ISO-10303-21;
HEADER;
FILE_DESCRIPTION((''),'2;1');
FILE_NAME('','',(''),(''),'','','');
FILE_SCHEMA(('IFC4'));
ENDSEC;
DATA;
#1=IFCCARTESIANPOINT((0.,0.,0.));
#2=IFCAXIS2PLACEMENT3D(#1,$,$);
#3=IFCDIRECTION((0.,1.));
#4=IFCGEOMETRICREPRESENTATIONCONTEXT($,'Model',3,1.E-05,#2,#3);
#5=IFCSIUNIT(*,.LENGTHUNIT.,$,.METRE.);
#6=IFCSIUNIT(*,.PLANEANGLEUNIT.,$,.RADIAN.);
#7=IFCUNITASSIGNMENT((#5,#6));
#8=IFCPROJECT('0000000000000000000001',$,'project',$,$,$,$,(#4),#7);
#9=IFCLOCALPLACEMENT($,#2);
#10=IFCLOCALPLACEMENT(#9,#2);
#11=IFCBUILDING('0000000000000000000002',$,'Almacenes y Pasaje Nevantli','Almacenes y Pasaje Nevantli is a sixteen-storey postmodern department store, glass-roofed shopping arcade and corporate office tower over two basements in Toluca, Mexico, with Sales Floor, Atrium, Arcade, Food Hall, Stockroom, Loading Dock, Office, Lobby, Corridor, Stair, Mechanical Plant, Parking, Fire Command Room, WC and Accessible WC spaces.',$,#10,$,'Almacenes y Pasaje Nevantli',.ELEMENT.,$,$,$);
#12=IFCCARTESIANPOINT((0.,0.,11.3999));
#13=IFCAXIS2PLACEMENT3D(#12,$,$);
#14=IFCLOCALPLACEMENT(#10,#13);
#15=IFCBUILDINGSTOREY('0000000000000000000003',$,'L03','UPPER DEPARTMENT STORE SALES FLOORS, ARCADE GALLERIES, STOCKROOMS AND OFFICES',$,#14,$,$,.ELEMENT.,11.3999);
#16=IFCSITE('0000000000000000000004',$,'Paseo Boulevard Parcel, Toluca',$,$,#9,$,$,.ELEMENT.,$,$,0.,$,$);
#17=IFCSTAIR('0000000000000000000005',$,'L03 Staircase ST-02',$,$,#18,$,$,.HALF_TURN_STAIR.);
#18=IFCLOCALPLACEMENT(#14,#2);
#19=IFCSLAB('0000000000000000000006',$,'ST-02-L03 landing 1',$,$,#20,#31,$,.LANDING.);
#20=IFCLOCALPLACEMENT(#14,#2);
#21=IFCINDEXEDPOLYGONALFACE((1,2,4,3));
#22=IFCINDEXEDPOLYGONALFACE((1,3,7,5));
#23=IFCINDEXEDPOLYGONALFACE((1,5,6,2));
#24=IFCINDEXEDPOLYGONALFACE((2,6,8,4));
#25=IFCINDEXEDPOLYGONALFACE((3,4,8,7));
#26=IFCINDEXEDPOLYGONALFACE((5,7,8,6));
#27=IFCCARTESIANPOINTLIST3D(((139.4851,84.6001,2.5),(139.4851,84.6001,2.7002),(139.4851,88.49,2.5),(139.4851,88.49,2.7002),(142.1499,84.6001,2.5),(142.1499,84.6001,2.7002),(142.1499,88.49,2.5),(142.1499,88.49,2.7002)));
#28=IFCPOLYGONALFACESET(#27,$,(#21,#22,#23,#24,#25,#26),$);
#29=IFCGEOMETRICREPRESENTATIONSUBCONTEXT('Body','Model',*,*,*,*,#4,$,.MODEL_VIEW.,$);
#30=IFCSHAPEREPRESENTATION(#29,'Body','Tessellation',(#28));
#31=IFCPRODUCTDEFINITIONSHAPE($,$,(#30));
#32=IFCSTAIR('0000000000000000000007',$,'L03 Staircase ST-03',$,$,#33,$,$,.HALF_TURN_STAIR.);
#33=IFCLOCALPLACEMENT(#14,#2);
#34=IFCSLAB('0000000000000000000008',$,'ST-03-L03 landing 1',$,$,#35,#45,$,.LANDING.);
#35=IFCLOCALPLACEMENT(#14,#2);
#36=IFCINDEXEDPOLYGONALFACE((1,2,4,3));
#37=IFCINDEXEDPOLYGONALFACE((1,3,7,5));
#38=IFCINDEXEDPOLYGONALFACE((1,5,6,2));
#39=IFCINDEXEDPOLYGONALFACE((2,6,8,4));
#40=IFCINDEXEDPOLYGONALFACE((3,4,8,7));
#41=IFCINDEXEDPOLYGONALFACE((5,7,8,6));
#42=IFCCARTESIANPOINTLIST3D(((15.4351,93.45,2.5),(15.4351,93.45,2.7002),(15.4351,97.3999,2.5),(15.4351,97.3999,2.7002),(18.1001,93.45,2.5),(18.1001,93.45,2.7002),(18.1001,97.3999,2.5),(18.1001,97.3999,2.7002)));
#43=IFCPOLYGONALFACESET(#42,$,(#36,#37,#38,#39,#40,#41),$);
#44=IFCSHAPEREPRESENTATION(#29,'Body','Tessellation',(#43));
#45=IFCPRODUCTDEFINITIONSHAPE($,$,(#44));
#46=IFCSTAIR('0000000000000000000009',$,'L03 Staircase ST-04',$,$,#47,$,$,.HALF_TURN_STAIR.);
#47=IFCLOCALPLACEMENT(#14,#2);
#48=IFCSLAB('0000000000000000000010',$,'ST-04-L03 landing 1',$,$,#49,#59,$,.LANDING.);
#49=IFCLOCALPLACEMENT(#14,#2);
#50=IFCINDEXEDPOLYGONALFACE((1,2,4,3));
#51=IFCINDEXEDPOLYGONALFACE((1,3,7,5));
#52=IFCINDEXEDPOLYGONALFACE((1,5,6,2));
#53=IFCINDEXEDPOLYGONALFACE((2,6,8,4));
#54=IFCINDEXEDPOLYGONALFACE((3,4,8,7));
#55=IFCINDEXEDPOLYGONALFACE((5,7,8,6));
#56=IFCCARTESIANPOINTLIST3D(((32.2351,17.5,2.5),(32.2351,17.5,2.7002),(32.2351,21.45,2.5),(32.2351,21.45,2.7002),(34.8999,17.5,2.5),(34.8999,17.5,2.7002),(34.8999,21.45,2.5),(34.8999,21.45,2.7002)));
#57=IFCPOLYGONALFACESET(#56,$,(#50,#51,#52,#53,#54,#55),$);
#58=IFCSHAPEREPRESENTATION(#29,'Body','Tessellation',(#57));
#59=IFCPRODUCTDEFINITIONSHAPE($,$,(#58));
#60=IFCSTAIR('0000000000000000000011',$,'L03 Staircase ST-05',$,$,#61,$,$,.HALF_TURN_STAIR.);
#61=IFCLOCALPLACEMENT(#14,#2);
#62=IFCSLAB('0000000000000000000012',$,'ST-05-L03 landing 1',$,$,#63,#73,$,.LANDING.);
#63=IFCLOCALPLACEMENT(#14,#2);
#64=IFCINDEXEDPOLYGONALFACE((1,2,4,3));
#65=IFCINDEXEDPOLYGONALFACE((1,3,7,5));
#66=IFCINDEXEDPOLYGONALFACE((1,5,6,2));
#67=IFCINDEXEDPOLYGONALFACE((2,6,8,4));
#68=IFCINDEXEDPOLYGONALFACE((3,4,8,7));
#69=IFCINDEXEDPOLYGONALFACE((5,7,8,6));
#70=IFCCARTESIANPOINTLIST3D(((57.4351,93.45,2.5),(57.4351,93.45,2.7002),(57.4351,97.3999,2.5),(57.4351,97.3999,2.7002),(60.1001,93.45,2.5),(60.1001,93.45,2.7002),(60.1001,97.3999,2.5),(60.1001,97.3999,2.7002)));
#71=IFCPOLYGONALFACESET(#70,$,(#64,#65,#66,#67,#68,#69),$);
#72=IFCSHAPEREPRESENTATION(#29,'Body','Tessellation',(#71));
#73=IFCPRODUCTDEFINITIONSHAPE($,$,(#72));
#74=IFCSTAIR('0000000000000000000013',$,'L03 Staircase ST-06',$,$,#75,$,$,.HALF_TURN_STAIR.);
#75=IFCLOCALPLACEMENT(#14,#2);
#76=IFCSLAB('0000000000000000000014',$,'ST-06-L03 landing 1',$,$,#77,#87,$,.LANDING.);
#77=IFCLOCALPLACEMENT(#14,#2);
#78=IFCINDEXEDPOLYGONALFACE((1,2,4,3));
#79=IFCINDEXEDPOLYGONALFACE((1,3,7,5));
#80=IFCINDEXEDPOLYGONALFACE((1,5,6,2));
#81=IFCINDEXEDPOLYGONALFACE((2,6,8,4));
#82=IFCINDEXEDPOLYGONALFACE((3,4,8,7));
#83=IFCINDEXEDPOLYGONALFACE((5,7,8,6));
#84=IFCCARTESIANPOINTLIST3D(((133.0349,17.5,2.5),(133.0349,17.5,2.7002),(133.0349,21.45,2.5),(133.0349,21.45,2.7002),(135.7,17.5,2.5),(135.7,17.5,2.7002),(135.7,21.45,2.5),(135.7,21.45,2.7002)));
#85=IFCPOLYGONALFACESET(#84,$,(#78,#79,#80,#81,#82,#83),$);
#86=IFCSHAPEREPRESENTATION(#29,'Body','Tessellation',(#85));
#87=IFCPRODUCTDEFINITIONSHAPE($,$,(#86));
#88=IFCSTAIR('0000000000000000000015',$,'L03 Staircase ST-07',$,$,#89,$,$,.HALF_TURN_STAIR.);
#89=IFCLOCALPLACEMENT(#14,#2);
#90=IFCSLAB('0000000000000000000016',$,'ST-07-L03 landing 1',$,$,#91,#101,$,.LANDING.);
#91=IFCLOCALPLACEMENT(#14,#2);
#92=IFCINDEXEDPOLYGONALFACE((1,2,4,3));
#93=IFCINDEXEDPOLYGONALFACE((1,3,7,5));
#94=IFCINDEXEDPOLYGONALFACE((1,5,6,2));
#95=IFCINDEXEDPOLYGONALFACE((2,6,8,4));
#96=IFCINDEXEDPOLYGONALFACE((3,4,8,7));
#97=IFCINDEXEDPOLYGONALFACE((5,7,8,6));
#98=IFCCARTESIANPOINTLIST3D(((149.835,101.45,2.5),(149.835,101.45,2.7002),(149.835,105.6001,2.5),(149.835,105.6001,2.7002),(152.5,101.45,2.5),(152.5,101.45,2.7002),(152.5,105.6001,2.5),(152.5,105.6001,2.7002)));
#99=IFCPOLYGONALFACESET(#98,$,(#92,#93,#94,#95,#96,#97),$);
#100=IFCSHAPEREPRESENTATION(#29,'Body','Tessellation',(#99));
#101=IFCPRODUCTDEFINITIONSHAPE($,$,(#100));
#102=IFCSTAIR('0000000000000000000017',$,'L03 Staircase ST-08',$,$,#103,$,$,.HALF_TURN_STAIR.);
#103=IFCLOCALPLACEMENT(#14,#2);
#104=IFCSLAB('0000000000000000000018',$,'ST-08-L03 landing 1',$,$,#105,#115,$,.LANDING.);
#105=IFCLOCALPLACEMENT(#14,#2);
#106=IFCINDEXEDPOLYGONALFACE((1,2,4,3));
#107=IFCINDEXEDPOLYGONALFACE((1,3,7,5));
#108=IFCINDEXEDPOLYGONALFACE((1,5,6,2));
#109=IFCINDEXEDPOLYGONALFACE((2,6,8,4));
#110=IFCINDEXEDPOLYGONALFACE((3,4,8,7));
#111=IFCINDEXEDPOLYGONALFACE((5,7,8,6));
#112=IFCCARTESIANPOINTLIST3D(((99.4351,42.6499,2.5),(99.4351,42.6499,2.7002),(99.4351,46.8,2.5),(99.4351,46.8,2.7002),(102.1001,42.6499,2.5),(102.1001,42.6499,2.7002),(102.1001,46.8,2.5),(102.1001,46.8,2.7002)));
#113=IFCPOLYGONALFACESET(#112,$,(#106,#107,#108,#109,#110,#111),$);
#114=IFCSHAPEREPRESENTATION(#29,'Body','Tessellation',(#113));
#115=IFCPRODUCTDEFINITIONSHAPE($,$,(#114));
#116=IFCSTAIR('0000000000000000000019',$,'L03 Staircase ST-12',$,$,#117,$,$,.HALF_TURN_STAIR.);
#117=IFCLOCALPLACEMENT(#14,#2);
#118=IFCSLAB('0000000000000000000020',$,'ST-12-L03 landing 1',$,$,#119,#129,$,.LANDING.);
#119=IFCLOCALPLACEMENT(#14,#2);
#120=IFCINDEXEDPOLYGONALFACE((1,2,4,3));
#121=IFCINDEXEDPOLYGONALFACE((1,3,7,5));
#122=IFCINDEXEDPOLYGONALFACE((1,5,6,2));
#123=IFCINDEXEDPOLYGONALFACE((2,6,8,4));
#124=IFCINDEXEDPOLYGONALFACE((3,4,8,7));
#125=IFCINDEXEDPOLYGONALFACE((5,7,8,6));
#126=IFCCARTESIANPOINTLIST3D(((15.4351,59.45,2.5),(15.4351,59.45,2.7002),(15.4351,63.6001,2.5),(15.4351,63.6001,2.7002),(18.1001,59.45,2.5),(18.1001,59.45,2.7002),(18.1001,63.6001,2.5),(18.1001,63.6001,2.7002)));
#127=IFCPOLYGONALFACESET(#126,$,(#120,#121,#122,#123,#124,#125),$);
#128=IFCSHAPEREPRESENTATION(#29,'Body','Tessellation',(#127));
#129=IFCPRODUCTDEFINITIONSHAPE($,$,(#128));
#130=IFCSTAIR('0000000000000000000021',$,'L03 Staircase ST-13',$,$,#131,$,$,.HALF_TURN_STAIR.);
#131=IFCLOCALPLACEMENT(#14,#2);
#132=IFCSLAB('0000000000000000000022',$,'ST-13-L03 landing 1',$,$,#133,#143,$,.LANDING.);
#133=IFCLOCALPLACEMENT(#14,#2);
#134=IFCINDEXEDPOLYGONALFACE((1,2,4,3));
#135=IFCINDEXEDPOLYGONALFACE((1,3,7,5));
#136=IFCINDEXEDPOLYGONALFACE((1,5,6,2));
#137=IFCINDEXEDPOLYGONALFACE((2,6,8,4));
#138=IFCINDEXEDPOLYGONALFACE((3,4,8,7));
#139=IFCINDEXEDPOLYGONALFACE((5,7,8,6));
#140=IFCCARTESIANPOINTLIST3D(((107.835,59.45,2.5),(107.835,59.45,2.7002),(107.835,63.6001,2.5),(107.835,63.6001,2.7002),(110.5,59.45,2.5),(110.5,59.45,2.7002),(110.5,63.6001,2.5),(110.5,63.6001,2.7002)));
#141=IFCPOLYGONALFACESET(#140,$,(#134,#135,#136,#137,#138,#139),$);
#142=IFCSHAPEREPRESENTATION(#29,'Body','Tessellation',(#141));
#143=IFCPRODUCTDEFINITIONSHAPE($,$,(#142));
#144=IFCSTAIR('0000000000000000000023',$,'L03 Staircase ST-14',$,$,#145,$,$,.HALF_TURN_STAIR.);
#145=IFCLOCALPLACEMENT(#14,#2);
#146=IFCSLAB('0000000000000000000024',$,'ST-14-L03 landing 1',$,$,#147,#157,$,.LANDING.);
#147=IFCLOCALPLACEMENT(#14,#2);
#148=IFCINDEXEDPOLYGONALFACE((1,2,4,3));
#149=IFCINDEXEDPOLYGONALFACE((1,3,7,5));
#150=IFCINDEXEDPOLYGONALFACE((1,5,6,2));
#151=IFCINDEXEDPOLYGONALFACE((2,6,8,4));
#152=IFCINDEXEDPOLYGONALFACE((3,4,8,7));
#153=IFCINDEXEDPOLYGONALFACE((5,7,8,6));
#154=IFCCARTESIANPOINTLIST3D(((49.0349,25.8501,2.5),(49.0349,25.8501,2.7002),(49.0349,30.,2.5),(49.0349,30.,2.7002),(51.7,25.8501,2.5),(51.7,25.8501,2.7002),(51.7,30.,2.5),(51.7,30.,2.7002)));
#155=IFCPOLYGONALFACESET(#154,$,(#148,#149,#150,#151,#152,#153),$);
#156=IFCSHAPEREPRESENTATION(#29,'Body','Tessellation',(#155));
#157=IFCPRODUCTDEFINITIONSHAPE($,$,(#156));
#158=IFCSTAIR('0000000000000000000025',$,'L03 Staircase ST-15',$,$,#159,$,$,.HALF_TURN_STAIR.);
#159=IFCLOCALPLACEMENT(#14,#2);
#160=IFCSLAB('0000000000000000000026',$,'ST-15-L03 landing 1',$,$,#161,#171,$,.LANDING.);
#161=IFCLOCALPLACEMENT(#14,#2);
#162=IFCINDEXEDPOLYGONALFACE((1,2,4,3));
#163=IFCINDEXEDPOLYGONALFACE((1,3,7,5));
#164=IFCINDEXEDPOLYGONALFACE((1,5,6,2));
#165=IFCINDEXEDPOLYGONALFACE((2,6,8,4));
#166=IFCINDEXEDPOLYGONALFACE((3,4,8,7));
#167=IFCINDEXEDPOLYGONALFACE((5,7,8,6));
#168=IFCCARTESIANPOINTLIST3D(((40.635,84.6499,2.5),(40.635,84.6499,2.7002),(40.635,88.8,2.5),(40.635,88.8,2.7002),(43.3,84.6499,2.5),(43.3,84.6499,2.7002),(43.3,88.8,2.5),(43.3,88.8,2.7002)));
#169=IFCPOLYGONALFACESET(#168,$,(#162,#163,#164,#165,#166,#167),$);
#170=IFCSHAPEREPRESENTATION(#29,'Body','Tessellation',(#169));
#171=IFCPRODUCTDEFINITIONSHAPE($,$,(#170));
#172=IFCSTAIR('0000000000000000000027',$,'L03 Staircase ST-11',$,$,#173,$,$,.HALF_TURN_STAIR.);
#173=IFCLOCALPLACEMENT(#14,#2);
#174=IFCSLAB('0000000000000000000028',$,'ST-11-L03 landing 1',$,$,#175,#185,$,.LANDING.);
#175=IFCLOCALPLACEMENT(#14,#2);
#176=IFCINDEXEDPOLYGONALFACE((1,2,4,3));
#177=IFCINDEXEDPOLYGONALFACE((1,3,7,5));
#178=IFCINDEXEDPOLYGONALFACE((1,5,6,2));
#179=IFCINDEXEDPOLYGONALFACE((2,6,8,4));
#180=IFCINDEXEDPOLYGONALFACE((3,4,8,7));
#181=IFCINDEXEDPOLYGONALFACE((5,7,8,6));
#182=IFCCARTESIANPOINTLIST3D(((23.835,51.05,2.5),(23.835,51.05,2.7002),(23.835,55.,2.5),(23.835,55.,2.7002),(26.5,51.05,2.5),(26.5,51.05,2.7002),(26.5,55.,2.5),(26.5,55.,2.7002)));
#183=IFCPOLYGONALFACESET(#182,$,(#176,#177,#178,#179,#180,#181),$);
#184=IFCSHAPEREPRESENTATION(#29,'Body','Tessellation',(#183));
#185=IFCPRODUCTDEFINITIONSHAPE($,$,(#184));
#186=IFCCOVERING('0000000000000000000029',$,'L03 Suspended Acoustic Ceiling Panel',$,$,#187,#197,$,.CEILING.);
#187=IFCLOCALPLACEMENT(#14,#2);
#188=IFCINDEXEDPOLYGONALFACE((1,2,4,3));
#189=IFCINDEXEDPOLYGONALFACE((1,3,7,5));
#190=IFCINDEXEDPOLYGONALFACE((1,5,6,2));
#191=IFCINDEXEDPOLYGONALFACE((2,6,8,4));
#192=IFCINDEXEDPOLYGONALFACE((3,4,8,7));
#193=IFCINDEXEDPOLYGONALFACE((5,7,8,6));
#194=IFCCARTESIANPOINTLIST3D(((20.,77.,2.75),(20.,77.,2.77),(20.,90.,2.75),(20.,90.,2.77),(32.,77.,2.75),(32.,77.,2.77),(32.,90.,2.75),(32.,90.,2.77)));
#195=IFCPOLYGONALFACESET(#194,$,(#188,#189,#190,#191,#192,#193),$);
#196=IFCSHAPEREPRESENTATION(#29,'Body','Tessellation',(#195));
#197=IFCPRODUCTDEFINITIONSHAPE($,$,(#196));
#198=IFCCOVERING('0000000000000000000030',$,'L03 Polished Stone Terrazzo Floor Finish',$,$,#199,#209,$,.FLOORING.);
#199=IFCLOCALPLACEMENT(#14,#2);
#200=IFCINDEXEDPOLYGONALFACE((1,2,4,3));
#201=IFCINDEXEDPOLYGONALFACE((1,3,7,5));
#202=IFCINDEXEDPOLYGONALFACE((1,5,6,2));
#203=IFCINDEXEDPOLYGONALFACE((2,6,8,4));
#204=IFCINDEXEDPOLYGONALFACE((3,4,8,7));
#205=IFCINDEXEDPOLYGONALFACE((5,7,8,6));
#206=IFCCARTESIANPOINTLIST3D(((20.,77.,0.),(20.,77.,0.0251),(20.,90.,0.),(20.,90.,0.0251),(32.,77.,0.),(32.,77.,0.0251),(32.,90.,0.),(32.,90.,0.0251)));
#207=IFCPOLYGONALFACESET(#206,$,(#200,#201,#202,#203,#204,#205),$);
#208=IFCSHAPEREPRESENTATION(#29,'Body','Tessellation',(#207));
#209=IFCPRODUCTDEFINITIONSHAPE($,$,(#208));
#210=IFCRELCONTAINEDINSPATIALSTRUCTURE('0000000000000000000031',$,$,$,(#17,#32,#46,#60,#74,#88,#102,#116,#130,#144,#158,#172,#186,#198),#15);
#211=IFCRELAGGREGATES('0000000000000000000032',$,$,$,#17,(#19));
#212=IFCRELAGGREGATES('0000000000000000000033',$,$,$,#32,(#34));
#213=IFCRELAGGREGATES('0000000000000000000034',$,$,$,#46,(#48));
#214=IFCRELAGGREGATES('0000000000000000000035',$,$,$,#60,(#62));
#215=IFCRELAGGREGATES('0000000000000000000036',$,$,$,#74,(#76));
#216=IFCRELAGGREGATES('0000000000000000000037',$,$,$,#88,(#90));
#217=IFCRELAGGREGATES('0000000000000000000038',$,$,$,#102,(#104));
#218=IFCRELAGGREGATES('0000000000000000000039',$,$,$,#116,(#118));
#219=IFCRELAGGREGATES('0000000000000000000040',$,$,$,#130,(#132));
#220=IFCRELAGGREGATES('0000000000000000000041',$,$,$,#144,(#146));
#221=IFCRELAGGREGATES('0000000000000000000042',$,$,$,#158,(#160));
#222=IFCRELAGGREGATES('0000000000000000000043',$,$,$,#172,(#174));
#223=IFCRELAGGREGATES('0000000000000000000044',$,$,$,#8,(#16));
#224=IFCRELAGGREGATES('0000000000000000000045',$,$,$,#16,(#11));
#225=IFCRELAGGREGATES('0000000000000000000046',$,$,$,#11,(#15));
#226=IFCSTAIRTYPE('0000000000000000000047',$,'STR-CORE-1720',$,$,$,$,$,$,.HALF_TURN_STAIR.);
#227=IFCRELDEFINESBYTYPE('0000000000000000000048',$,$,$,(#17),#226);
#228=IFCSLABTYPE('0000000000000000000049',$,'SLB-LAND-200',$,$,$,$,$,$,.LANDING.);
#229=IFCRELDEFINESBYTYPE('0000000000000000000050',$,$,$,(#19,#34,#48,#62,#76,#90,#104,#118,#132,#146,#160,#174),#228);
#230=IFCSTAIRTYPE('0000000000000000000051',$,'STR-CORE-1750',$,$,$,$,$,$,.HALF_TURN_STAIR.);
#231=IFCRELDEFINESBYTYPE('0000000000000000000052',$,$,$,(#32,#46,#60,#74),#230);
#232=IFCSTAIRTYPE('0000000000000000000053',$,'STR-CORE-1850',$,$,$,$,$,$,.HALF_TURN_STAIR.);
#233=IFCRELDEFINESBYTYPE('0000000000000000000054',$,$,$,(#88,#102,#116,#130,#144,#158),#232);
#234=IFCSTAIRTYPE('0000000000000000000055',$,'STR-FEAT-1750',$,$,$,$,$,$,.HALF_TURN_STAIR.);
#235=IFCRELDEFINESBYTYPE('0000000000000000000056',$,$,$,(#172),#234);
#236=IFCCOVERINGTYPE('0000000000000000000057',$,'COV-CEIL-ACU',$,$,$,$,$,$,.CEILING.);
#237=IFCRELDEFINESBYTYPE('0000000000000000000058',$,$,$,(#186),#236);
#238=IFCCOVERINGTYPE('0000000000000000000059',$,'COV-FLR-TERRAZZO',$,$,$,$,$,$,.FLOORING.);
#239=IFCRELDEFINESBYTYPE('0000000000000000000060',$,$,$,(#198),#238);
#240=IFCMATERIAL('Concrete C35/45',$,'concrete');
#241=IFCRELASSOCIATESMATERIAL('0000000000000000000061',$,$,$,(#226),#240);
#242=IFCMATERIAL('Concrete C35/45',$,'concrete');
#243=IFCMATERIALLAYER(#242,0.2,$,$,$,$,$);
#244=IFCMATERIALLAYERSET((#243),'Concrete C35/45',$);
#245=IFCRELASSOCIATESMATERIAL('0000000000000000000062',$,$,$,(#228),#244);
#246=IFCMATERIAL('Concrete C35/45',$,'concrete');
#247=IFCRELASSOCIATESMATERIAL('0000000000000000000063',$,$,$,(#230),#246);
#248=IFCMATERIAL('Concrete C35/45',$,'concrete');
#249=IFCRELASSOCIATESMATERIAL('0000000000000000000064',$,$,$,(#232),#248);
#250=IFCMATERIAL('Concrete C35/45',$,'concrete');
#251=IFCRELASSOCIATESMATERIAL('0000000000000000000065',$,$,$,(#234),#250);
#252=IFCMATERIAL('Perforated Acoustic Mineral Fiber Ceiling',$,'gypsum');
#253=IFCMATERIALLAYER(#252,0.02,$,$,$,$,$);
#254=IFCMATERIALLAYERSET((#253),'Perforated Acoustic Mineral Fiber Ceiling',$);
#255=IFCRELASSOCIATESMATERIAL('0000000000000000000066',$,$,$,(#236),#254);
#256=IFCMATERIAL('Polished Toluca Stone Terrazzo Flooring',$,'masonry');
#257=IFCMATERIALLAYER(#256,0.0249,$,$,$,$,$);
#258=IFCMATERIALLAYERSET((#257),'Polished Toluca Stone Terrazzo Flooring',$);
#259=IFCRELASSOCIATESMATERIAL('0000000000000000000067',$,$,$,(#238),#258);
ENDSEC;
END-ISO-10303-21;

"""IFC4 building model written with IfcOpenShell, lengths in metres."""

from ifc_helpers import new_model, si_unit, direction, frame, origin, place, context, subcontext, project, spatial, polyline, outline, extrude, material, layer, layer_set, type_object, element, aggregate, save


model = new_model("IFC4")

# Units and contexts
model_context = context("Model", 3, precision=1e-05, world=origin(), true_north=direction((0.0, 1.0)))
body_context = subcontext(model_context, "Body", "Model", "MODEL_VIEW")
ifc_project = project(units=[si_unit("LENGTHUNIT", "METRE"), si_unit("PLANEANGLEUNIT", "RADIAN")], contexts=[model_context])

# Site, building, storey
site_placement = place(None, origin())
site = spatial("IfcSite", under=ifc_project, at=site_placement, Name="Paseo Boulevard Parcel, Toluca", CompositionType="ELEMENT", RefElevation=0.0)
building_placement = place(site_placement, origin())
building = spatial("IfcBuilding", under=site, at=building_placement, Name="Almacenes y Pasaje Nevantli", Description="Almacenes y Pasaje Nevantli is a sixteen-storey postmodern department store, glass-roofed shopping arcade and corporate office tower over two basements in Toluca, Mexico, with Sales Floor, Atrium, Arcade, Food Hall, Stockroom, Loading Dock, Office, Lobby, Corridor, Stair, Mechanical Plant, Parking, Fire Command Room, WC and Accessible WC spaces.", LongName="Almacenes y Pasaje Nevantli", CompositionType="ELEMENT")
storey_placement = place(building_placement, frame((0.0, 0.0, 11.3999)))
storey = spatial("IfcBuildingStorey", under=building, at=storey_placement, Name="L03", Description="UPPER DEPARTMENT STORE SALES FLOORS, ARCADE GALLERIES, STOCKROOMS AND OFFICES", CompositionType="ELEMENT", Elevation=11.3999)

# Stairs, slabs
ifc_material_1 = material(Name="Concrete C35/45", Category="concrete")
stair_type_1 = type_object("IfcStairType", Name="STR-CORE-1720", PredefinedType="HALF_TURN_STAIR", material=ifc_material_1)
ifc_material_2 = material(Name="Concrete C35/45", Category="concrete")
ifc_layer_1 = layer(ifc_material_2, 0.2)
ifc_layer_set_1 = layer_set([ifc_layer_1], Name="Concrete C35/45")
slab_type_1 = type_object("IfcSlabType", Name="SLB-LAND-200", PredefinedType="LANDING", material=ifc_layer_set_1)
stair_1_placement = place(storey_placement, origin())
stair_1 = element("IfcStair", 1, at=stair_1_placement, inside=storey, type_object=stair_type_1, Name="L03 Staircase ST-02", PredefinedType="HALF_TURN_STAIR")
slab_1_placement = place(storey_placement, frame((0.0, 0.0, 2.5)))
slab_1 = element("IfcSlab", 2, at=slab_1_placement, type_object=slab_type_1, Name="ST-02-L03 landing 1", PredefinedType="LANDING", context=body_context, shape_type="SweptSolid", body=[
    extrude(outline(polyline([(139.4851, 84.6001), (142.1499, 84.6001), (142.1499, 88.49), (139.4851, 88.49), (139.4851, 84.6001)])), origin(), (0.0, 0.0, 1.0), 0.2002),
])
aggregate(stair_1, [slab_1])
ifc_material_3 = material(Name="Concrete C35/45", Category="concrete")
stair_type_2 = type_object("IfcStairType", Name="STR-CORE-1750", PredefinedType="HALF_TURN_STAIR", material=ifc_material_3)
stair_2_placement = place(storey_placement, origin())
stair_2 = element("IfcStair", 3, at=stair_2_placement, inside=storey, type_object=stair_type_2, Name="L03 Staircase ST-03", PredefinedType="HALF_TURN_STAIR")
slab_2_placement = place(storey_placement, frame((0.0, 0.0, 2.5)))
slab_2 = element("IfcSlab", 4, at=slab_2_placement, type_object=slab_type_1, Name="ST-03-L03 landing 1", PredefinedType="LANDING", context=body_context, shape_type="SweptSolid", body=[
    extrude(outline(polyline([(15.4351, 93.45), (18.1001, 93.45), (18.1001, 97.3999), (15.4351, 97.3999), (15.4351, 93.45)])), origin(), (0.0, 0.0, 1.0), 0.2002),
])
aggregate(stair_2, [slab_2])
stair_3_placement = place(storey_placement, origin())
stair_3 = element("IfcStair", 5, at=stair_3_placement, inside=storey, type_object=stair_type_2, Name="L03 Staircase ST-04", PredefinedType="HALF_TURN_STAIR")
slab_3_placement = place(storey_placement, frame((0.0, 0.0, 2.5)))
slab_3 = element("IfcSlab", 6, at=slab_3_placement, type_object=slab_type_1, Name="ST-04-L03 landing 1", PredefinedType="LANDING", context=body_context, shape_type="SweptSolid", body=[
    extrude(outline(polyline([(32.2351, 17.5), (34.8999, 17.5), (34.8999, 21.45), (32.2351, 21.45), (32.2351, 17.5)])), origin(), (0.0, 0.0, 1.0), 0.2002),
])
aggregate(stair_3, [slab_3])
stair_4_placement = place(storey_placement, origin())
stair_4 = element("IfcStair", 7, at=stair_4_placement, inside=storey, type_object=stair_type_2, Name="L03 Staircase ST-05", PredefinedType="HALF_TURN_STAIR")
slab_4_placement = place(storey_placement, frame((0.0, 0.0, 2.5)))
slab_4 = element("IfcSlab", 8, at=slab_4_placement, type_object=slab_type_1, Name="ST-05-L03 landing 1", PredefinedType="LANDING", context=body_context, shape_type="SweptSolid", body=[
    extrude(outline(polyline([(57.4351, 93.45), (60.1001, 93.45), (60.1001, 97.3999), (57.4351, 97.3999), (57.4351, 93.45)])), origin(), (0.0, 0.0, 1.0), 0.2002),
])
aggregate(stair_4, [slab_4])
stair_5_placement = place(storey_placement, origin())
stair_5 = element("IfcStair", 9, at=stair_5_placement, inside=storey, type_object=stair_type_2, Name="L03 Staircase ST-06", PredefinedType="HALF_TURN_STAIR")
slab_5_placement = place(storey_placement, frame((0.0, 0.0, 2.5)))
slab_5 = element("IfcSlab", 10, at=slab_5_placement, type_object=slab_type_1, Name="ST-06-L03 landing 1", PredefinedType="LANDING", context=body_context, shape_type="SweptSolid", body=[
    extrude(outline(polyline([(133.0349, 17.5), (135.7, 17.5), (135.7, 21.45), (133.0349, 21.45), (133.0349, 17.5)])), origin(), (0.0, 0.0, 1.0), 0.2002),
])
aggregate(stair_5, [slab_5])
ifc_material_4 = material(Name="Concrete C35/45", Category="concrete")
stair_type_3 = type_object("IfcStairType", Name="STR-CORE-1850", PredefinedType="HALF_TURN_STAIR", material=ifc_material_4)
stair_6_placement = place(storey_placement, origin())
stair_6 = element("IfcStair", 11, at=stair_6_placement, inside=storey, type_object=stair_type_3, Name="L03 Staircase ST-07", PredefinedType="HALF_TURN_STAIR")
slab_6_placement = place(storey_placement, frame((0.0, 0.0, 2.5)))
slab_6 = element("IfcSlab", 12, at=slab_6_placement, type_object=slab_type_1, Name="ST-07-L03 landing 1", PredefinedType="LANDING", context=body_context, shape_type="SweptSolid", body=[
    extrude(outline(polyline([(149.835, 101.45), (152.5, 101.45), (152.5, 105.6001), (149.835, 105.6001), (149.835, 101.45)])), origin(), (0.0, 0.0, 1.0), 0.2002),
])
aggregate(stair_6, [slab_6])
stair_7_placement = place(storey_placement, origin())
stair_7 = element("IfcStair", 13, at=stair_7_placement, inside=storey, type_object=stair_type_3, Name="L03 Staircase ST-08", PredefinedType="HALF_TURN_STAIR")
slab_7_placement = place(storey_placement, frame((0.0, 0.0, 2.5)))
slab_7 = element("IfcSlab", 14, at=slab_7_placement, type_object=slab_type_1, Name="ST-08-L03 landing 1", PredefinedType="LANDING", context=body_context, shape_type="SweptSolid", body=[
    extrude(outline(polyline([(99.4351, 42.6499), (102.1001, 42.6499), (102.1001, 46.8), (99.4351, 46.8), (99.4351, 42.6499)])), origin(), (0.0, 0.0, 1.0), 0.2002),
])
aggregate(stair_7, [slab_7])
stair_8_placement = place(storey_placement, origin())
stair_8 = element("IfcStair", 15, at=stair_8_placement, inside=storey, type_object=stair_type_3, Name="L03 Staircase ST-12", PredefinedType="HALF_TURN_STAIR")
slab_8_placement = place(storey_placement, frame((0.0, 0.0, 2.5)))
slab_8 = element("IfcSlab", 16, at=slab_8_placement, type_object=slab_type_1, Name="ST-12-L03 landing 1", PredefinedType="LANDING", context=body_context, shape_type="SweptSolid", body=[
    extrude(outline(polyline([(15.4351, 59.45), (18.1001, 59.45), (18.1001, 63.6001), (15.4351, 63.6001), (15.4351, 59.45)])), origin(), (0.0, 0.0, 1.0), 0.2002),
])
aggregate(stair_8, [slab_8])
stair_9_placement = place(storey_placement, origin())
stair_9 = element("IfcStair", 17, at=stair_9_placement, inside=storey, type_object=stair_type_3, Name="L03 Staircase ST-13", PredefinedType="HALF_TURN_STAIR")
slab_9_placement = place(storey_placement, frame((0.0, 0.0, 2.5)))
slab_9 = element("IfcSlab", 18, at=slab_9_placement, type_object=slab_type_1, Name="ST-13-L03 landing 1", PredefinedType="LANDING", context=body_context, shape_type="SweptSolid", body=[
    extrude(outline(polyline([(107.835, 59.45), (110.5, 59.45), (110.5, 63.6001), (107.835, 63.6001), (107.835, 59.45)])), origin(), (0.0, 0.0, 1.0), 0.2002),
])
aggregate(stair_9, [slab_9])
stair_10_placement = place(storey_placement, origin())
stair_10 = element("IfcStair", 19, at=stair_10_placement, inside=storey, type_object=stair_type_3, Name="L03 Staircase ST-14", PredefinedType="HALF_TURN_STAIR")
slab_10_placement = place(storey_placement, frame((0.0, 0.0, 2.5)))
slab_10 = element("IfcSlab", 20, at=slab_10_placement, type_object=slab_type_1, Name="ST-14-L03 landing 1", PredefinedType="LANDING", context=body_context, shape_type="SweptSolid", body=[
    extrude(outline(polyline([(49.0349, 25.8501), (51.7, 25.8501), (51.7, 30.0), (49.0349, 30.0), (49.0349, 25.8501)])), origin(), (0.0, 0.0, 1.0), 0.2002),
])
aggregate(stair_10, [slab_10])
stair_11_placement = place(storey_placement, origin())
stair_11 = element("IfcStair", 21, at=stair_11_placement, inside=storey, type_object=stair_type_3, Name="L03 Staircase ST-15", PredefinedType="HALF_TURN_STAIR")
slab_11_placement = place(storey_placement, frame((0.0, 0.0, 2.5)))
slab_11 = element("IfcSlab", 22, at=slab_11_placement, type_object=slab_type_1, Name="ST-15-L03 landing 1", PredefinedType="LANDING", context=body_context, shape_type="SweptSolid", body=[
    extrude(outline(polyline([(40.635, 84.6499), (43.3, 84.6499), (43.3, 88.8), (40.635, 88.8), (40.635, 84.6499)])), origin(), (0.0, 0.0, 1.0), 0.2002),
])
aggregate(stair_11, [slab_11])
ifc_material_5 = material(Name="Concrete C35/45", Category="concrete")
stair_type_4 = type_object("IfcStairType", Name="STR-FEAT-1750", PredefinedType="HALF_TURN_STAIR", material=ifc_material_5)
stair_12_placement = place(storey_placement, origin())
stair_12 = element("IfcStair", 23, at=stair_12_placement, inside=storey, type_object=stair_type_4, Name="L03 Staircase ST-11", PredefinedType="HALF_TURN_STAIR")
slab_12_placement = place(storey_placement, frame((0.0, 0.0, 2.5)))
slab_12 = element("IfcSlab", 24, at=slab_12_placement, type_object=slab_type_1, Name="ST-11-L03 landing 1", PredefinedType="LANDING", context=body_context, shape_type="SweptSolid", body=[
    extrude(outline(polyline([(23.835, 51.05), (26.5, 51.05), (26.5, 55.0), (23.835, 55.0), (23.835, 51.05)])), origin(), (0.0, 0.0, 1.0), 0.2002),
])
aggregate(stair_12, [slab_12])

# Coverings
ifc_material_6 = material(Name="Perforated Acoustic Mineral Fiber Ceiling", Category="gypsum")
ifc_layer_2 = layer(ifc_material_6, 0.02)
ifc_layer_set_2 = layer_set([ifc_layer_2], Name="Perforated Acoustic Mineral Fiber Ceiling")
covering_type_1 = type_object("IfcCoveringType", Name="COV-CEIL-ACU", PredefinedType="CEILING", material=ifc_layer_set_2)
covering_1_placement = place(storey_placement, frame((0.0, 0.0, 2.75)))
element("IfcCovering", 25, at=covering_1_placement, inside=storey, type_object=covering_type_1, Name="L03 Suspended Acoustic Ceiling Panel", PredefinedType="CEILING", context=body_context, shape_type="SweptSolid", body=[
    extrude(outline(polyline([(20.0, 77.0), (32.0, 77.0), (32.0, 90.0), (20.0, 90.0), (20.0, 77.0)])), origin(), (0.0, 0.0, 1.0), 0.02),
])
ifc_material_7 = material(Name="Polished Toluca Stone Terrazzo Flooring", Category="masonry")
ifc_layer_3 = layer(ifc_material_7, 0.0249)
ifc_layer_set_3 = layer_set([ifc_layer_3], Name="Polished Toluca Stone Terrazzo Flooring")
covering_type_2 = type_object("IfcCoveringType", Name="COV-FLR-TERRAZZO", PredefinedType="FLOORING", material=ifc_layer_set_3)
covering_2_placement = place(storey_placement, origin())
element("IfcCovering", 26, at=covering_2_placement, inside=storey, type_object=covering_type_2, Name="L03 Polished Stone Terrazzo Floor Finish", PredefinedType="FLOORING", context=body_context, shape_type="SweptSolid", body=[
    extrude(outline(polyline([(20.0, 77.0), (32.0, 77.0), (32.0, 90.0), (20.0, 90.0), (20.0, 77.0)])), origin(), (0.0, 0.0, 1.0), 0.0251),
])

save(model, "model.ifc")
